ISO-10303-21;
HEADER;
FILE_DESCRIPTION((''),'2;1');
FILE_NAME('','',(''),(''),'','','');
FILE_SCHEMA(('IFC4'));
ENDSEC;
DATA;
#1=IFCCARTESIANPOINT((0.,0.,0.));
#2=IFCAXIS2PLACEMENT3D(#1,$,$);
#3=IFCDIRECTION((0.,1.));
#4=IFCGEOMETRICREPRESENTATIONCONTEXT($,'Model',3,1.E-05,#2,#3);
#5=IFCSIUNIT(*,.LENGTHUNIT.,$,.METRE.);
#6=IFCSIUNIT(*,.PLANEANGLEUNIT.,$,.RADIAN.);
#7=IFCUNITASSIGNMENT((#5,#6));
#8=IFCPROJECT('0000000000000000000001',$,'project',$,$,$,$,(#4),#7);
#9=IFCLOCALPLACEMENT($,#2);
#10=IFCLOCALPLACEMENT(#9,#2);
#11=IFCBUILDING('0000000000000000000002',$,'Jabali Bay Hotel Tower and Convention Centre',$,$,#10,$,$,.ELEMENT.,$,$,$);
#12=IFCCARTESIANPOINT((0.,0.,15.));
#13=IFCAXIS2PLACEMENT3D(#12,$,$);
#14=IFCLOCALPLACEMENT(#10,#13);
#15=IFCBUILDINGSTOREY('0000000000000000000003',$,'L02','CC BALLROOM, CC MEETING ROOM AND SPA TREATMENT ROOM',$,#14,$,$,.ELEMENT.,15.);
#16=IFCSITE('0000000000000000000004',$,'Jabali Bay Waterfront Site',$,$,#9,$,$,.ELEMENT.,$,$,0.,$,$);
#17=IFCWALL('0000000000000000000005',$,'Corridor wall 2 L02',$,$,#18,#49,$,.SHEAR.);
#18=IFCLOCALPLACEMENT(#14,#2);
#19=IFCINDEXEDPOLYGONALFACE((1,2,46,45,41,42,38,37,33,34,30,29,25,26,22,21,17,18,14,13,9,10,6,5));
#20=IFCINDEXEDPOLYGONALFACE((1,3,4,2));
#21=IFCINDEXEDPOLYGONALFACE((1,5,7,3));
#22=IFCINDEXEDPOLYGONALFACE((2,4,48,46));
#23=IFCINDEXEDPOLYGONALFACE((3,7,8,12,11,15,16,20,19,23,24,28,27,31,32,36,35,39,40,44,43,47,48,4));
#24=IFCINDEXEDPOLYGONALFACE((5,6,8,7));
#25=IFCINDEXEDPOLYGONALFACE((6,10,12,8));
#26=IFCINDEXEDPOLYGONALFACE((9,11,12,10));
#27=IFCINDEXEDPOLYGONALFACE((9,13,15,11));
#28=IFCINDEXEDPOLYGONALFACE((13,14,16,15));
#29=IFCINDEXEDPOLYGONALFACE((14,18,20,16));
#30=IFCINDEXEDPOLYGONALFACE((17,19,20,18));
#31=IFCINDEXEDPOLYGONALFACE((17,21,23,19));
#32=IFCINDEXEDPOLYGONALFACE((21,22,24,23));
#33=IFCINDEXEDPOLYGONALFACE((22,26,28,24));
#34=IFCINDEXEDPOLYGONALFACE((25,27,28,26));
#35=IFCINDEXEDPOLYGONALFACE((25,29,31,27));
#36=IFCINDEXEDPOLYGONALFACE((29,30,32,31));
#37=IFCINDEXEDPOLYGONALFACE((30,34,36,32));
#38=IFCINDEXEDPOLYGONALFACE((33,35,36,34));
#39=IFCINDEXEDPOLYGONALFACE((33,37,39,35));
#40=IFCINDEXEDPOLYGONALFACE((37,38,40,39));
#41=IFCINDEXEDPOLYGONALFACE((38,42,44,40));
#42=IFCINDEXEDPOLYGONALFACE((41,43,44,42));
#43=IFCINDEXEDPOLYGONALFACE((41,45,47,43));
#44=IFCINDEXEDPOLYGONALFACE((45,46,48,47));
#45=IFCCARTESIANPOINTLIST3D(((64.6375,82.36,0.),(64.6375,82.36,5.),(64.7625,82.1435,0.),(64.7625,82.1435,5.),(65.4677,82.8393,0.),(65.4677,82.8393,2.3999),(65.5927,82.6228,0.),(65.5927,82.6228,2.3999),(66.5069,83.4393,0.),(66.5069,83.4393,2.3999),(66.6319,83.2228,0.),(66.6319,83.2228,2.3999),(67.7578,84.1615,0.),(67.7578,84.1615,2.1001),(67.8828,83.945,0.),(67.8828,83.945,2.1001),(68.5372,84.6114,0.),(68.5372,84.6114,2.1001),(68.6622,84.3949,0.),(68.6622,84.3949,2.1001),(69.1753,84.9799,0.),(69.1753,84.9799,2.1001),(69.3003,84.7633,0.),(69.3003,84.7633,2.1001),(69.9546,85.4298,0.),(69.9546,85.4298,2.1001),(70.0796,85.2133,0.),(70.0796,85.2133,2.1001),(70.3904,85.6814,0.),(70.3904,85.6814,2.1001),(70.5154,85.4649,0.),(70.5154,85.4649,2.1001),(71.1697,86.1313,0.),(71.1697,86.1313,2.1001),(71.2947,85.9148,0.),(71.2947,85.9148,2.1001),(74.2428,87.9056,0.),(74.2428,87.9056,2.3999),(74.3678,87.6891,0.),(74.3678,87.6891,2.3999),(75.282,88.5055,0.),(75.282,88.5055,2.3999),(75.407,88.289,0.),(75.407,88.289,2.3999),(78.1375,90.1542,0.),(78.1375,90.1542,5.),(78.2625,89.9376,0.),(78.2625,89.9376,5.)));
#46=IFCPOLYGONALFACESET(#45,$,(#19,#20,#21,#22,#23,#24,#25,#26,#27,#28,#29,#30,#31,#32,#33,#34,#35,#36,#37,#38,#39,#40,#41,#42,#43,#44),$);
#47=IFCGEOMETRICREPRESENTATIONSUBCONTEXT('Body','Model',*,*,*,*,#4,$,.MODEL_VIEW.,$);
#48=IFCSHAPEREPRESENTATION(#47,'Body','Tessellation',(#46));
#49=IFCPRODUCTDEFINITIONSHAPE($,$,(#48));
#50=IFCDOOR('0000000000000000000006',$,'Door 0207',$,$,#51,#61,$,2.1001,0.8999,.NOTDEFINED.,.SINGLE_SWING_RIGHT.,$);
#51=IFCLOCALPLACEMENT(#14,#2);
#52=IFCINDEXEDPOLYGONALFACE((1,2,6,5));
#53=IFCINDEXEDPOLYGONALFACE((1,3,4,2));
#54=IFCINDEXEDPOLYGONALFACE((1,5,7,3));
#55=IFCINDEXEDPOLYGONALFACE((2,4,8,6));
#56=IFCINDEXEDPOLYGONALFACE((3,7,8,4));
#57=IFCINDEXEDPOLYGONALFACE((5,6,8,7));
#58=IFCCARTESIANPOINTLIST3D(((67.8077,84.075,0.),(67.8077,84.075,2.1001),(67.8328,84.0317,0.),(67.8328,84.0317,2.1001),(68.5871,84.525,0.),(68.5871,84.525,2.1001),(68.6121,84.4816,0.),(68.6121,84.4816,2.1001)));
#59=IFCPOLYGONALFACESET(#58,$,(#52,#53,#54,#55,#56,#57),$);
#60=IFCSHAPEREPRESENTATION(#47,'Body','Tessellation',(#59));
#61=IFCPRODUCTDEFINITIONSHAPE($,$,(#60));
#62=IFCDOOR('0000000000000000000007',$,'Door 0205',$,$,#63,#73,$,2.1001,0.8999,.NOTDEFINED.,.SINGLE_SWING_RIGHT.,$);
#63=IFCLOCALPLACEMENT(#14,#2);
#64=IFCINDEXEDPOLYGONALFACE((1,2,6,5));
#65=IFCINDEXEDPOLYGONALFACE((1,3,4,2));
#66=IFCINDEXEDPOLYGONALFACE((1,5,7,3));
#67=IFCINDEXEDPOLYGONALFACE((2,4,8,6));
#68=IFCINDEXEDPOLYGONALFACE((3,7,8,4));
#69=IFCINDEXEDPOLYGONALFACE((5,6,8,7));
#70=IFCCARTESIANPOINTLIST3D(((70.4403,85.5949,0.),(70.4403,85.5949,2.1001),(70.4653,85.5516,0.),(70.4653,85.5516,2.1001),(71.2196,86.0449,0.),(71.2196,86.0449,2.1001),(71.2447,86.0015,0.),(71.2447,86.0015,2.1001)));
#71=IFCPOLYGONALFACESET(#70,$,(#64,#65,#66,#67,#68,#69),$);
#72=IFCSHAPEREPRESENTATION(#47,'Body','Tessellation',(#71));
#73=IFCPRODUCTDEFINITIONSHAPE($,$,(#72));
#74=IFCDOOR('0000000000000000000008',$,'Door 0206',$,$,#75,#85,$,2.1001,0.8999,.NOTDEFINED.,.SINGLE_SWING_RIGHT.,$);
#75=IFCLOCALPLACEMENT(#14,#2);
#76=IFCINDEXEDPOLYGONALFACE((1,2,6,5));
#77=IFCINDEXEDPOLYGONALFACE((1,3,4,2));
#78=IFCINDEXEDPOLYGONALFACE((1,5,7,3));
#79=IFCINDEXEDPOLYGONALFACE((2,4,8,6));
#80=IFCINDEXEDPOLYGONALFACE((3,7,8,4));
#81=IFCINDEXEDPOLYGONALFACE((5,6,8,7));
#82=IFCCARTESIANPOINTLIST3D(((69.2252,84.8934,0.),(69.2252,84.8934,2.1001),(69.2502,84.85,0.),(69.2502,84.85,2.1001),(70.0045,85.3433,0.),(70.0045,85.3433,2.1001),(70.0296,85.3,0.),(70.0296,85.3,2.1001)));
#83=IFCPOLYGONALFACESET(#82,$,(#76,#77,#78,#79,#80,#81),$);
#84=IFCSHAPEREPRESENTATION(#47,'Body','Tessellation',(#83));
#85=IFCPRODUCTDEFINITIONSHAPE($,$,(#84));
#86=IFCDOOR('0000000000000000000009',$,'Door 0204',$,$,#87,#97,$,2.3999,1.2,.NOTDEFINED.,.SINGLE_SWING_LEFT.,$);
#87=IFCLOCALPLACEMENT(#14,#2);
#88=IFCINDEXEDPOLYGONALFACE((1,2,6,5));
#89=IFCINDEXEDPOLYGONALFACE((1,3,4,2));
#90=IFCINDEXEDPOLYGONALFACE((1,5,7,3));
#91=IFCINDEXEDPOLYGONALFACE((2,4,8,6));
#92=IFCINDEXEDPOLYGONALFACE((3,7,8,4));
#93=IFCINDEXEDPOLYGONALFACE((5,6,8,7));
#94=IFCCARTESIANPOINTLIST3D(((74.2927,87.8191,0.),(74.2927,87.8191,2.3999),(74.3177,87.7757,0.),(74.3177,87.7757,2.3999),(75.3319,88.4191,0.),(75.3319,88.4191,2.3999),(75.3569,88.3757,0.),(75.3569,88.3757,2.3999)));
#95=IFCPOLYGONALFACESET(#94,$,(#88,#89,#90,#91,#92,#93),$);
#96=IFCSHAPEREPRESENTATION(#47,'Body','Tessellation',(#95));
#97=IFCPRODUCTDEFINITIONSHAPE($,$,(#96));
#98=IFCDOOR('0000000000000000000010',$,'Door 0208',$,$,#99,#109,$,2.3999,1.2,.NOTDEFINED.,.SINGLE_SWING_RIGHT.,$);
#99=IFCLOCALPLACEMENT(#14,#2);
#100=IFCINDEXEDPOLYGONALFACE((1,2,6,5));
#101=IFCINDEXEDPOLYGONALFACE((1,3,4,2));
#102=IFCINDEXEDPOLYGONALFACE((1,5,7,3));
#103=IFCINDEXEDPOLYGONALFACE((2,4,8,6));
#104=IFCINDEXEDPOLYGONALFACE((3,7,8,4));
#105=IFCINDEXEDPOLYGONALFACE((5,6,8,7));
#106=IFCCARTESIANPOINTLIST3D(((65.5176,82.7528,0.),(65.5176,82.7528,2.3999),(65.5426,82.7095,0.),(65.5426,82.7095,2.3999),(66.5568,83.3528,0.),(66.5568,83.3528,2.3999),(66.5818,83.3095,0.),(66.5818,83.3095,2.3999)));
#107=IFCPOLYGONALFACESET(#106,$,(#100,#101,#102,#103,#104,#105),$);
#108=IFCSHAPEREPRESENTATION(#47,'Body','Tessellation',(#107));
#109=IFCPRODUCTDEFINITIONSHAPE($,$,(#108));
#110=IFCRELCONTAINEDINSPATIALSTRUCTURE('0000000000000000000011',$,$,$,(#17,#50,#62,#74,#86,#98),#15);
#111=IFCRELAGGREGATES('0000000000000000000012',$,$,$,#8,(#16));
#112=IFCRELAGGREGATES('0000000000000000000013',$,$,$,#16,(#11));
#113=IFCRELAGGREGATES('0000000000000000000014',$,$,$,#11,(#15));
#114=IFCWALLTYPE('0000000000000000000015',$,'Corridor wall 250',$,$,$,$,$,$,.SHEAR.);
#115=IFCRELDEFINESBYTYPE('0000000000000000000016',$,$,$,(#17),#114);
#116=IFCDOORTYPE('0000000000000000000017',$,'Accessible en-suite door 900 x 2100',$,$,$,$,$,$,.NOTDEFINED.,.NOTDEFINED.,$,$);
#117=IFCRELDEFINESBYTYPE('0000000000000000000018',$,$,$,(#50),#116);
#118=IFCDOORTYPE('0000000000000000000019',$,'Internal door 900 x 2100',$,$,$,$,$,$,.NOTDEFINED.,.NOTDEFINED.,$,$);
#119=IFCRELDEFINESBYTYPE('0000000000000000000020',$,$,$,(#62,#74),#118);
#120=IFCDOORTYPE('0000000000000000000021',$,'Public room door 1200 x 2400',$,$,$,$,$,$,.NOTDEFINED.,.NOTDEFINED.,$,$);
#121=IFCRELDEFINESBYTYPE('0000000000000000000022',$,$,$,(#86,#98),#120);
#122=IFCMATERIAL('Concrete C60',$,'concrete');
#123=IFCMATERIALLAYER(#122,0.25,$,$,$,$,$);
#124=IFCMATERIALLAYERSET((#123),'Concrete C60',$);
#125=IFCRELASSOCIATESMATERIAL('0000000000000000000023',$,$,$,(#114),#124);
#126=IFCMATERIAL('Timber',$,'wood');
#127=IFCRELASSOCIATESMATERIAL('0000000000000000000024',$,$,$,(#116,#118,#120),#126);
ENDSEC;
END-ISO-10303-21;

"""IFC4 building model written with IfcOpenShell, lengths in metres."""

from ifc_helpers import new_model, si_unit, direction, frame, frame_2d, origin, place, context, subcontext, project, spatial, rectangle, extrude, material, layer, layer_set, type_object, element, fill, save


model = new_model("IFC4")

# Units and contexts
model_context = context("Model", 3, precision=1e-05, world=origin(), true_north=direction((0.0, 1.0)))
body_context = subcontext(model_context, "Body", "Model", "MODEL_VIEW")
ifc_project = project(units=[si_unit("LENGTHUNIT", "METRE"), si_unit("PLANEANGLEUNIT", "RADIAN")], contexts=[model_context])

# Site, building, storey
site_placement = place(None, origin())
site = spatial("IfcSite", under=ifc_project, at=site_placement, Name="Jabali Bay Waterfront Site", CompositionType="ELEMENT", RefElevation=0.0)
building_placement = place(site_placement, origin())
building = spatial("IfcBuilding", under=site, at=building_placement, Name="Jabali Bay Hotel Tower and Convention Centre", CompositionType="ELEMENT")
storey_placement = place(building_placement, frame((0.0, 0.0, 15.0)))
storey = spatial("IfcBuildingStorey", under=building, at=storey_placement, Name="L02", Description="CC BALLROOM, CC MEETING ROOM AND SPA TREATMENT ROOM", CompositionType="ELEMENT", Elevation=15.0)

# Shared definitions
ifc_material_1 = material(Name="Concrete C60", Category="concrete")

# Wall, openings, doors
ifc_layer_1 = layer(ifc_material_1, 0.25)
ifc_layer_set_1 = layer_set([ifc_layer_1], Name="Concrete C60")
wall_type_1 = type_object("IfcWallType", Name="Corridor wall 250", PredefinedType="SHEAR", material=ifc_layer_set_1)
wall_1_placement = place(storey_placement, frame((78.2, 90.0459, 0.0), z_axis=(0.0, 0.0, 1.0), x_axis=(-0.866026, -0.499998, 0.0)))
wall_1 = element("IfcWall", 1, at=wall_1_placement, inside=storey, type_object=wall_type_1, Name="Corridor wall 2 L02", PredefinedType="SHEAR", context=body_context, shape_type="SweptSolid", body=[
    extrude(rectangle(XDim=15.5884, YDim=0.25, at=frame_2d((7.7942, 0.0))), origin(), (0.0, 0.0, 1.0), 5.0),
])
opening_1_placement = place(wall_1_placement, frame((3.2971, 0.0, 0.0)))
opening_1 = element("IfcOpeningElement", 2, at=opening_1_placement, cuts=wall_1, PredefinedType="OPENING", context=body_context, shape_type="SweptSolid", body=[
    extrude(rectangle(XDim=1.2, YDim=2.3999, at=frame_2d((0.6001, 1.2))), frame((0.0, 0.1355, 0.0), z_axis=(0.0, -1.0, 0.0), x_axis=(1.0, 0.0, 0.0)), (0.0, 0.0, 1.0), 0.271),
])
opening_2_placement = place(wall_1_placement, frame((8.0457, 0.0, 0.0)))
opening_2 = element("IfcOpeningElement", 3, at=opening_2_placement, cuts=wall_1, PredefinedType="OPENING", context=body_context, shape_type="SweptSolid", body=[
    extrude(rectangle(XDim=0.8999, YDim=2.1001, at=frame_2d((0.45, 1.05))), frame((0.0, 0.1355, 0.0), z_axis=(0.0, -1.0, 0.0), x_axis=(1.0, 0.0, 0.0)), (0.0, 0.0, 1.0), 0.271),
])
opening_3_placement = place(wall_1_placement, frame((9.4487, 0.0, 0.0)))
opening_3 = element("IfcOpeningElement", 4, at=opening_3_placement, cuts=wall_1, PredefinedType="OPENING", context=body_context, shape_type="SweptSolid", body=[
    extrude(rectangle(XDim=0.8999, YDim=2.1001, at=frame_2d((0.45, 1.05))), frame((0.0, 0.1355, 0.0), z_axis=(0.0, -1.0, 0.0), x_axis=(1.0, 0.0, 0.0)), (0.0, 0.0, 1.0), 0.271),
])
opening_4_placement = place(wall_1_placement, frame((11.0854, 0.0, 0.0)))
opening_4 = element("IfcOpeningElement", 5, at=opening_4_placement, cuts=wall_1, PredefinedType="OPENING", context=body_context, shape_type="SweptSolid", body=[
    extrude(rectangle(XDim=0.8999, YDim=2.1001, at=frame_2d((0.45, 1.05))), frame((0.0, 0.1355, 0.0), z_axis=(0.0, -1.0, 0.0), x_axis=(1.0, 0.0, 0.0)), (0.0, 0.0, 1.0), 0.271),
])
opening_5_placement = place(wall_1_placement, frame((13.4297, 0.0, 0.0)))
opening_5 = element("IfcOpeningElement", 6, at=opening_5_placement, cuts=wall_1, PredefinedType="OPENING", context=body_context, shape_type="SweptSolid", body=[
    extrude(rectangle(XDim=1.2, YDim=2.3999, at=frame_2d((0.6001, 1.2))), frame((0.0, 0.1355, 0.0), z_axis=(0.0, -1.0, 0.0), x_axis=(1.0, 0.0, 0.0)), (0.0, 0.0, 1.0), 0.271),
])
ifc_material_2 = material(Name="Timber", Category="wood")
door_type_1 = type_object("IfcDoorType", Name="Accessible en-suite door 900 x 2100", OperationType="NOTDEFINED", PredefinedType="NOTDEFINED", material=ifc_material_2)
door_1_placement = place(opening_4_placement, origin())
door_1 = element("IfcDoor", 7, at=door_1_placement, inside=storey, type_object=door_type_1, Name="Door 0207", OperationType="SINGLE_SWING_RIGHT", OverallHeight=2.1001, OverallWidth=0.8999, PredefinedType="NOTDEFINED", context=body_context, shape_type="SweptSolid", body=[
    extrude(rectangle(XDim=0.8999, YDim=2.1001, at=frame_2d((0.45, 1.05))), frame((0.0, 0.0249, 0.0), z_axis=(0.0, -1.0, 0.0), x_axis=(1.0, 0.0, 0.0)), (0.0, 0.0, 1.0), 0.05),
])
fill(opening_4, door_1)
door_type_2 = type_object("IfcDoorType", Name="Internal door 900 x 2100", OperationType="NOTDEFINED", PredefinedType="NOTDEFINED", material=ifc_material_2)
door_2_placement = place(opening_2_placement, origin())
door_2 = element("IfcDoor", 8, at=door_2_placement, inside=storey, type_object=door_type_2, Name="Door 0205", OperationType="SINGLE_SWING_RIGHT", OverallHeight=2.1001, OverallWidth=0.8999, PredefinedType="NOTDEFINED", context=body_context, shape_type="SweptSolid", body=[
    extrude(rectangle(XDim=0.8999, YDim=2.1001, at=frame_2d((0.45, 1.05))), frame((0.0, 0.0249, 0.0), z_axis=(0.0, -1.0, 0.0), x_axis=(1.0, 0.0, 0.0)), (0.0, 0.0, 1.0), 0.05),
])
fill(opening_2, door_2)
door_3_placement = place(opening_3_placement, origin())
door_3 = element("IfcDoor", 9, at=door_3_placement, inside=storey, type_object=door_type_2, Name="Door 0206", OperationType="SINGLE_SWING_RIGHT", OverallHeight=2.1001, OverallWidth=0.8999, PredefinedType="NOTDEFINED", context=body_context, shape_type="SweptSolid", body=[
    extrude(rectangle(XDim=0.8999, YDim=2.1001, at=frame_2d((0.45, 1.05))), frame((0.0, 0.0249, 0.0), z_axis=(0.0, -1.0, 0.0), x_axis=(1.0, 0.0, 0.0)), (0.0, 0.0, 1.0), 0.05),
])
fill(opening_3, door_3)
door_type_3 = type_object("IfcDoorType", Name="Public room door 1200 x 2400", OperationType="NOTDEFINED", PredefinedType="NOTDEFINED", material=ifc_material_2)
door_4_placement = place(opening_1_placement, origin())
door_4 = element("IfcDoor", 10, at=door_4_placement, inside=storey, type_object=door_type_3, Name="Door 0204", OperationType="SINGLE_SWING_LEFT", OverallHeight=2.3999, OverallWidth=1.2, PredefinedType="NOTDEFINED", context=body_context, shape_type="SweptSolid", body=[
    extrude(rectangle(XDim=1.2, YDim=2.3999, at=frame_2d((0.6001, 1.2))), frame((0.0, 0.0249, 0.0), z_axis=(0.0, -1.0, 0.0), x_axis=(1.0, 0.0, 0.0)), (0.0, 0.0, 1.0), 0.05),
])
fill(opening_1, door_4)
door_5_placement = place(opening_5_placement, origin())
door_5 = element("IfcDoor", 11, at=door_5_placement, inside=storey, type_object=door_type_3, Name="Door 0208", OperationType="SINGLE_SWING_RIGHT", OverallHeight=2.3999, OverallWidth=1.2, PredefinedType="NOTDEFINED", context=body_context, shape_type="SweptSolid", body=[
    extrude(rectangle(XDim=1.2, YDim=2.3999, at=frame_2d((0.6001, 1.2))), frame((0.0, 0.0249, 0.0), z_axis=(0.0, -1.0, 0.0), x_axis=(1.0, 0.0, 0.0)), (0.0, 0.0, 1.0), 0.05),
])
fill(opening_5, door_5)

save(model, "model.ifc")
